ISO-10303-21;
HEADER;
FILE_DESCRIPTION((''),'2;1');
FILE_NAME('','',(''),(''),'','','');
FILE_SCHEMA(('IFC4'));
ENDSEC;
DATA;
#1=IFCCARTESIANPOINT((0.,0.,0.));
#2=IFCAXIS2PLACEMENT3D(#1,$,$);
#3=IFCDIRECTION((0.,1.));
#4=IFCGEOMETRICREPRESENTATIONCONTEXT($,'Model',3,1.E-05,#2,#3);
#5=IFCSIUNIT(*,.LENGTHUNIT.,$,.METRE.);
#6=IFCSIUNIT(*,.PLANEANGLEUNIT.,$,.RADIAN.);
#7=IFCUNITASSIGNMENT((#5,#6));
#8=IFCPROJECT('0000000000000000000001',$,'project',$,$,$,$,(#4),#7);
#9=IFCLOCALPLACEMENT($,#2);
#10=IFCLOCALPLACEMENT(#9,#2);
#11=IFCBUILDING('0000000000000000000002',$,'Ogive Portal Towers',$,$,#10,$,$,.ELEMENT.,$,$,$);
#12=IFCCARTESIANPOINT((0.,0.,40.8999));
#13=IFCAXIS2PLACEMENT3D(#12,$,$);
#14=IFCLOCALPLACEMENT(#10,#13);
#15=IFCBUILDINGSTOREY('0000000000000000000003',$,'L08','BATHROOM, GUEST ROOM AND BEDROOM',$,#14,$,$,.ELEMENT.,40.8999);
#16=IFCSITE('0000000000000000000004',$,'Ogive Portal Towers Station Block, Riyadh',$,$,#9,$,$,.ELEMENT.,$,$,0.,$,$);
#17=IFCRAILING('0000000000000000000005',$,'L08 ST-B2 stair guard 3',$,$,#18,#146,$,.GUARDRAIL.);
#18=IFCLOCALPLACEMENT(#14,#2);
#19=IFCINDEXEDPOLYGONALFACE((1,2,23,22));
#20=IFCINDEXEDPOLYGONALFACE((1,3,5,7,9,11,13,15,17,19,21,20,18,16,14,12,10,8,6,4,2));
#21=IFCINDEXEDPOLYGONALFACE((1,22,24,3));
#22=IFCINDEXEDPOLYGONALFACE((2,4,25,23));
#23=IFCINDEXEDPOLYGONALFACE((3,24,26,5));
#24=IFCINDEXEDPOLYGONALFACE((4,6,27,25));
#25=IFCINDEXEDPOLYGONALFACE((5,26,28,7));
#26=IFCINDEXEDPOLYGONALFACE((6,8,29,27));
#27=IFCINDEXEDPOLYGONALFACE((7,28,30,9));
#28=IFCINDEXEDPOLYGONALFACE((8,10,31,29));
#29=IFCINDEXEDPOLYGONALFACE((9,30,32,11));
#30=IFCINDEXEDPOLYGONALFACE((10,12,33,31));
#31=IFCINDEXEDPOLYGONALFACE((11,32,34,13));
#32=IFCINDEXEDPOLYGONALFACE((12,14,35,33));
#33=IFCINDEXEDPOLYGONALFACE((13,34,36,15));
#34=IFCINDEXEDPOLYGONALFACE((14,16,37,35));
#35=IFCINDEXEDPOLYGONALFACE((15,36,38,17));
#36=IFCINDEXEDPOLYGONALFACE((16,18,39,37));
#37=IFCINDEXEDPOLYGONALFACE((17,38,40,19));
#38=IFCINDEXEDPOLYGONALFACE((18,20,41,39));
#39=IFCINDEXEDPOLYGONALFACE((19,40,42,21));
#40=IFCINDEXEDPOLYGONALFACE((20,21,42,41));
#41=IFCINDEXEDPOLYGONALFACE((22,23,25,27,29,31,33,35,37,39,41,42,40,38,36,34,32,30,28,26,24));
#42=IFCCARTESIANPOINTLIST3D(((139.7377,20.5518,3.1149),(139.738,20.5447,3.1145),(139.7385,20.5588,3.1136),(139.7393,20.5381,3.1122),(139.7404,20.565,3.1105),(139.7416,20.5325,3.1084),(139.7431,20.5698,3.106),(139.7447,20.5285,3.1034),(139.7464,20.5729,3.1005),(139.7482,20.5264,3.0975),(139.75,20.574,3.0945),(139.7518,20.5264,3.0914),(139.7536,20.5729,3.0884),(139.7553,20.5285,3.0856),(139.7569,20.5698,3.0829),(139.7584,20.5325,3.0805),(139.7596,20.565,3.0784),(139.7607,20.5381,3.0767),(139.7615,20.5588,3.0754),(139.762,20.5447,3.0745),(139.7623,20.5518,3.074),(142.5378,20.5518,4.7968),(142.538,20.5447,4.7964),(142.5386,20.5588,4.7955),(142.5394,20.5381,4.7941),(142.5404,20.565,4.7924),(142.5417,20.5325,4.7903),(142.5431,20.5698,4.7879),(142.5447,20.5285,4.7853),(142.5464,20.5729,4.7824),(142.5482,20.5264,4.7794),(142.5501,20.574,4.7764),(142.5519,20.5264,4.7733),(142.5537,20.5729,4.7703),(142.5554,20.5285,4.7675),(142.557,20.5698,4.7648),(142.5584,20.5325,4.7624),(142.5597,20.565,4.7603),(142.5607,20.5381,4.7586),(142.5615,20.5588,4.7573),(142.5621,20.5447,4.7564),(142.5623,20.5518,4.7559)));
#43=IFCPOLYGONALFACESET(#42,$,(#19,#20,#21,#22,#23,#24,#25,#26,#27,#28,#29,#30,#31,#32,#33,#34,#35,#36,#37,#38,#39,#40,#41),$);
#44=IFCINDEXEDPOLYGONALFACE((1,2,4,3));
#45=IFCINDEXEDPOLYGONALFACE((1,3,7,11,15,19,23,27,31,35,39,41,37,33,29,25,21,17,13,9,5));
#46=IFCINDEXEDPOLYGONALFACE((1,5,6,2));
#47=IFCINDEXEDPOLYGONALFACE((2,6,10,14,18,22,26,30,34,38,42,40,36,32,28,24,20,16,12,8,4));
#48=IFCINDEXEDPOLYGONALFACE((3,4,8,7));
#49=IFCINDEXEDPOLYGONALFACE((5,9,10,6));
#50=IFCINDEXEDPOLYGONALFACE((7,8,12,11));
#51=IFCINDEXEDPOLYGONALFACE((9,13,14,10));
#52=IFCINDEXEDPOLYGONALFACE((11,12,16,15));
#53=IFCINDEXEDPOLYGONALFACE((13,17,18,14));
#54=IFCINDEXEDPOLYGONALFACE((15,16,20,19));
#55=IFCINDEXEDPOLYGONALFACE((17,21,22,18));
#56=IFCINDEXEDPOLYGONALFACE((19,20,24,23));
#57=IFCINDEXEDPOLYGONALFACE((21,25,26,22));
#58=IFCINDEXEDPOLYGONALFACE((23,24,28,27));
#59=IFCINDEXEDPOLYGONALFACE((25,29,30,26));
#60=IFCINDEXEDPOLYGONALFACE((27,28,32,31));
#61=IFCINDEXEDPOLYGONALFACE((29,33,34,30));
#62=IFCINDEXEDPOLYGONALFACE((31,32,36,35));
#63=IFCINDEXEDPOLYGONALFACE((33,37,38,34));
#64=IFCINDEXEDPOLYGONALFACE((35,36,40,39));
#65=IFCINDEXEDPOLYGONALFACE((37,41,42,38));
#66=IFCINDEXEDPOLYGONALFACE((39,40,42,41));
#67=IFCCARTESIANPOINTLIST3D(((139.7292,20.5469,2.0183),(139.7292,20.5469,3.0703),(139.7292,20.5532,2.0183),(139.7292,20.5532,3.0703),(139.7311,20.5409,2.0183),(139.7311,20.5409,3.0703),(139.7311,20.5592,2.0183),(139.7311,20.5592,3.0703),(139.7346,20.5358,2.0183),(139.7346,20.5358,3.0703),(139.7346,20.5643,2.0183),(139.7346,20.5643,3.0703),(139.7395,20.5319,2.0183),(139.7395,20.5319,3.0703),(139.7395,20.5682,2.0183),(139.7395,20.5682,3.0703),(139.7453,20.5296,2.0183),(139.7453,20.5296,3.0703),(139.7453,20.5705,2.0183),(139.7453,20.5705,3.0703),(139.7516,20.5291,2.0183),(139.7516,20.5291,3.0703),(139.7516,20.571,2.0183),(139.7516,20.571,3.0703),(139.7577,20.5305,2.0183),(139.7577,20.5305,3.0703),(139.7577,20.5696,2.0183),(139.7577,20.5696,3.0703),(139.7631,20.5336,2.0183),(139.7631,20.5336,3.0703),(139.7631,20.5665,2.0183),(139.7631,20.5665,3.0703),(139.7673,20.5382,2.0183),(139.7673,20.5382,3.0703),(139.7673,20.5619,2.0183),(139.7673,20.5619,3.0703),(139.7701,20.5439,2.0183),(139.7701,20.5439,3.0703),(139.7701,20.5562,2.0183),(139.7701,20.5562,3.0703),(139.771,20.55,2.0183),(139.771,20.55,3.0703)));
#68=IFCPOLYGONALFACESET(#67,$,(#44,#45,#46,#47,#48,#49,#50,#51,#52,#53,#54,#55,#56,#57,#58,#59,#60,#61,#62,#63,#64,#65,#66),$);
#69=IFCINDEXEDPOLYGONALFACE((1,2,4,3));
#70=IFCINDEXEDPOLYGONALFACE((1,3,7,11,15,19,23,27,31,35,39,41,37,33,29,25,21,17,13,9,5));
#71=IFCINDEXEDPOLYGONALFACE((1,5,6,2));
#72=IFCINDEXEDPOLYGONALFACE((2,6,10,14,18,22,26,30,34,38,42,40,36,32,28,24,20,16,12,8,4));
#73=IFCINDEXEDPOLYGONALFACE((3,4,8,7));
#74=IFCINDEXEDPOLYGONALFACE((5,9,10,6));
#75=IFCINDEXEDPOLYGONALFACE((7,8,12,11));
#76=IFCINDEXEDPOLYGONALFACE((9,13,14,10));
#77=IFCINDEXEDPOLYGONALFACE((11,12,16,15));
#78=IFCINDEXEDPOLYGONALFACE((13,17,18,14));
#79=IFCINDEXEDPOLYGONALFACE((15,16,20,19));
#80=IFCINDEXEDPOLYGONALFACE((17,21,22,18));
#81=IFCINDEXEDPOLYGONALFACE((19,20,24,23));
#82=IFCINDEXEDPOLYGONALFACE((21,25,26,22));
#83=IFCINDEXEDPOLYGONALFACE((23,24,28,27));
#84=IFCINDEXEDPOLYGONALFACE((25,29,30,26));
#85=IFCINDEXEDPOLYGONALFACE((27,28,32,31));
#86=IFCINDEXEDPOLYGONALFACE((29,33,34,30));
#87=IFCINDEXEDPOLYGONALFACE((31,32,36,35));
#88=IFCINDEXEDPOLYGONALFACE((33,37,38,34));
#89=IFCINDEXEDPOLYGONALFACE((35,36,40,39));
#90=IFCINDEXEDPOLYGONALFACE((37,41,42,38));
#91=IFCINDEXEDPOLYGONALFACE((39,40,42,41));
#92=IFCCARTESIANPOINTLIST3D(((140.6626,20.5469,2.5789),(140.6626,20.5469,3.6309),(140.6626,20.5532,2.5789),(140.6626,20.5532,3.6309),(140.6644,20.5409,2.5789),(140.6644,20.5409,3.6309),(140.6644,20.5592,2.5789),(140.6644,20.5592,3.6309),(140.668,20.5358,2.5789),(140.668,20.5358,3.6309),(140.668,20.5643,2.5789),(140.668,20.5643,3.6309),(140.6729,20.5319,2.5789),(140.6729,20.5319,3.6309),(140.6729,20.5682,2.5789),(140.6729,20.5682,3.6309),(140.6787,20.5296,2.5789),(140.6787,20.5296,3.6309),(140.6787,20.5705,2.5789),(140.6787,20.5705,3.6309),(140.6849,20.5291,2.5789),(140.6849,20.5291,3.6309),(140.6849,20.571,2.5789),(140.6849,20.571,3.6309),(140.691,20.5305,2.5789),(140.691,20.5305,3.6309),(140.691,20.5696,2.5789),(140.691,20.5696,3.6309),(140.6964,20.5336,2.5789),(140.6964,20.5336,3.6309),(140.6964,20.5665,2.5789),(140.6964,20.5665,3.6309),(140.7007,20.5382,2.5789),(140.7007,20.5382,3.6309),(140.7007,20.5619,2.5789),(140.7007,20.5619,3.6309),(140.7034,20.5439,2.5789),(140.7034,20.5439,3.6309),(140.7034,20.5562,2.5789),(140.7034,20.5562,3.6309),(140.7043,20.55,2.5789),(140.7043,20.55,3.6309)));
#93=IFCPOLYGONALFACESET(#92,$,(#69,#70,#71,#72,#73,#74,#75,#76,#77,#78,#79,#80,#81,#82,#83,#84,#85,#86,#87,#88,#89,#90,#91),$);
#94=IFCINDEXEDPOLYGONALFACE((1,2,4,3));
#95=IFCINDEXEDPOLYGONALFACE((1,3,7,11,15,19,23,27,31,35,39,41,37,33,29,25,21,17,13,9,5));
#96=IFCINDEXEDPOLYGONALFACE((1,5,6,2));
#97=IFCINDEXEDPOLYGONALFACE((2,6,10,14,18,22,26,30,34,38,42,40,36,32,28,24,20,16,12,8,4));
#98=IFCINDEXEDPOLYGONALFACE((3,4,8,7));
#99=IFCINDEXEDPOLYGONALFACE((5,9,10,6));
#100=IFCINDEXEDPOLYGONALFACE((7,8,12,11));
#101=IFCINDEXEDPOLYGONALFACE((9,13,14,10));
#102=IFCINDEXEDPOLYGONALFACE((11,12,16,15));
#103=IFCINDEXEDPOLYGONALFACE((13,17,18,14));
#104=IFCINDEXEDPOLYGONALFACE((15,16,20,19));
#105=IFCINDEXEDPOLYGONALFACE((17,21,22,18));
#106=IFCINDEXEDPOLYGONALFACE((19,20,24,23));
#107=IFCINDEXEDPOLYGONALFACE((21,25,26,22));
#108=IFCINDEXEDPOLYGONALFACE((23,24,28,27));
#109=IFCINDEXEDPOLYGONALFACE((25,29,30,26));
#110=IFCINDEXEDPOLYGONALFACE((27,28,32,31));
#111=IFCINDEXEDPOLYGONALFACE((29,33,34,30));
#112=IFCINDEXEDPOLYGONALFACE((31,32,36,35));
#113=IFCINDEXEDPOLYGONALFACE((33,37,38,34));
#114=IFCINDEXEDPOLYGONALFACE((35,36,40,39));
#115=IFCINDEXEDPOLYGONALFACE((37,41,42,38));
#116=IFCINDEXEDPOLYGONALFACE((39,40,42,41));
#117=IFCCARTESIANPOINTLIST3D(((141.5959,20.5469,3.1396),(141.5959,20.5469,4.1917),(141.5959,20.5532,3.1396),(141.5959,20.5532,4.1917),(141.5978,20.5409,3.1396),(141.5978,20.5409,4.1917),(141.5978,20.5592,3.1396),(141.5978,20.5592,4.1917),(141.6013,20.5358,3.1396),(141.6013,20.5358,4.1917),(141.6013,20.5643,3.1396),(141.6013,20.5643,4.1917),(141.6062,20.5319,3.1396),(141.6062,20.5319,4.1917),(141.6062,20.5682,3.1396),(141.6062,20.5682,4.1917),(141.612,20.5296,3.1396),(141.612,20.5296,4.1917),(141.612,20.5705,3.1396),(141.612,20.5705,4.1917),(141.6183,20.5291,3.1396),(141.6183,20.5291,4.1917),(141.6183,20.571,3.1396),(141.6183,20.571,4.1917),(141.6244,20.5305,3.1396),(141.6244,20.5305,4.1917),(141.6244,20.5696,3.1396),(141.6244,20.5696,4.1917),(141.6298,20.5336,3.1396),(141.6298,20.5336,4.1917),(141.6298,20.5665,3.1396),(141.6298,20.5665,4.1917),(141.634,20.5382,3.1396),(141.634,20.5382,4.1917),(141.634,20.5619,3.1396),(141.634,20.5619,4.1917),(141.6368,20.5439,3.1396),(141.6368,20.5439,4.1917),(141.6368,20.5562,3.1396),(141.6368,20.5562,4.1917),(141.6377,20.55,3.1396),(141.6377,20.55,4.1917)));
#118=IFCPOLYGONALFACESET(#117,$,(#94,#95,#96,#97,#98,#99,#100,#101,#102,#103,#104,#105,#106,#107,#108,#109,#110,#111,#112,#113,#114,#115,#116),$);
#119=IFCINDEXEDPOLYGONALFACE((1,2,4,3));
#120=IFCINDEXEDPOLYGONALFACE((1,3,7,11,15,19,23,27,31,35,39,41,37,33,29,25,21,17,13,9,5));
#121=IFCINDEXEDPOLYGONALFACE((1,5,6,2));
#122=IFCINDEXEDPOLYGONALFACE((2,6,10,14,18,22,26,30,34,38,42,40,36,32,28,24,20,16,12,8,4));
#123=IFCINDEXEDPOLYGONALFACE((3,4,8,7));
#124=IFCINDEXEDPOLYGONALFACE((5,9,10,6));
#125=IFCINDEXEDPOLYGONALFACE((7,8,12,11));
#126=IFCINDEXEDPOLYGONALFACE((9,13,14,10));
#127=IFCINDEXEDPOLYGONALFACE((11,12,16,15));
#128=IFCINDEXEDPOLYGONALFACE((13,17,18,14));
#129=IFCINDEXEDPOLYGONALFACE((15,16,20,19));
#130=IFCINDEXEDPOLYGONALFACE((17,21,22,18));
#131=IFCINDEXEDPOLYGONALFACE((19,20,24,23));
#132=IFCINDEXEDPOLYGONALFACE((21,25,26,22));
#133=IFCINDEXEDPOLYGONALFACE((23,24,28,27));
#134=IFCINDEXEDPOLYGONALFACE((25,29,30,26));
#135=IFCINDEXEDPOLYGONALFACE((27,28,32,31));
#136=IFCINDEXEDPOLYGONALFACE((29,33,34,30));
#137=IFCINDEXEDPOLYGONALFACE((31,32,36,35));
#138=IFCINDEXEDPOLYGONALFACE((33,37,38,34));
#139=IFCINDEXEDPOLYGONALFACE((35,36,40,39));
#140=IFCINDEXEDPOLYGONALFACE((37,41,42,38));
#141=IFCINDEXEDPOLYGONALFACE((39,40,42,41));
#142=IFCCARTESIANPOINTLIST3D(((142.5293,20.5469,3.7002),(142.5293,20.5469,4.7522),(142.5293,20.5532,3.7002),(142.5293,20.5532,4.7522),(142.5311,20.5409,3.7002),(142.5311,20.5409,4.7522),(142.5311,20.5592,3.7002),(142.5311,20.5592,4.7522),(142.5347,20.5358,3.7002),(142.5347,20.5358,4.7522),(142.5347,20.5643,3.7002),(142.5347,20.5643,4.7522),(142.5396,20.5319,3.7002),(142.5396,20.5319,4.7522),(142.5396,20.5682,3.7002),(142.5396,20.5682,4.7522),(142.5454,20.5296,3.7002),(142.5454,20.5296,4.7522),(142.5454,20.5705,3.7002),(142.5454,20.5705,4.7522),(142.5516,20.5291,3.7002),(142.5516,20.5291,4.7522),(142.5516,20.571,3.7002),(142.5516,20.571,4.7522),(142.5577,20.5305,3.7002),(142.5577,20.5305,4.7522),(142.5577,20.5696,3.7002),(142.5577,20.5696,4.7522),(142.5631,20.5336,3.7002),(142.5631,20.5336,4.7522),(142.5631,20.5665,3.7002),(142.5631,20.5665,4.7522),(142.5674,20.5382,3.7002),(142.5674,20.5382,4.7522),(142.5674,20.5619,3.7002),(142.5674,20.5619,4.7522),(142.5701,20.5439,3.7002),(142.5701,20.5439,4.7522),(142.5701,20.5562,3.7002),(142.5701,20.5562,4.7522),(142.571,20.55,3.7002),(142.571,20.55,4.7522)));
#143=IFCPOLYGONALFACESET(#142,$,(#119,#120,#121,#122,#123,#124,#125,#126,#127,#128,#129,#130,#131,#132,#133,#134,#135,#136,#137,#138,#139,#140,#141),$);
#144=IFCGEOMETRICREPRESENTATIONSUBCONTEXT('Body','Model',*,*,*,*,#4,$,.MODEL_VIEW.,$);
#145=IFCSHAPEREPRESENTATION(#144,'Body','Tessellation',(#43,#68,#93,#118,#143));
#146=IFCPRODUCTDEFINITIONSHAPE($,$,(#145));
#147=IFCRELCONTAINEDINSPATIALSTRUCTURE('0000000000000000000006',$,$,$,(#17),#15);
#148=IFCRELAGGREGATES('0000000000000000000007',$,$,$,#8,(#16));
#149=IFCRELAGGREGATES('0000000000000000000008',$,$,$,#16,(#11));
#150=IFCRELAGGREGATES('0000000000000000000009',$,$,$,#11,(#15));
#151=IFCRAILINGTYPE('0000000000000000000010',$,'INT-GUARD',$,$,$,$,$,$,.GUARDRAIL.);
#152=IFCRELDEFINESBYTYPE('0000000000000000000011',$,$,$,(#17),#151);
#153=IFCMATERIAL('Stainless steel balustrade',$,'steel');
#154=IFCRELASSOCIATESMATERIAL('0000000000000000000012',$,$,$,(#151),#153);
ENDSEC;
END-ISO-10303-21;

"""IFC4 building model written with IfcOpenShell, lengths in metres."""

from ifc_helpers import new_model, si_unit, direction, frame, origin, origin_2d, place, context, subcontext, project, spatial, circle, extrude, material, type_object, element, save


model = new_model("IFC4")

# Units and contexts
model_context = context("Model", 3, precision=1e-05, world=origin(), true_north=direction((0.0, 1.0)))
body_context = subcontext(model_context, "Body", "Model", "MODEL_VIEW")
ifc_project = project(units=[si_unit("LENGTHUNIT", "METRE"), si_unit("PLANEANGLEUNIT", "RADIAN")], contexts=[model_context])

# Site, building, storey
site_placement = place(None, origin())
site = spatial("IfcSite", under=ifc_project, at=site_placement, Name="Ogive Portal Towers Station Block, Riyadh", CompositionType="ELEMENT", RefElevation=0.0)
building_placement = place(site_placement, origin())
building = spatial("IfcBuilding", under=site, at=building_placement, Name="Ogive Portal Towers", CompositionType="ELEMENT")
storey_placement = place(building_placement, frame((0.0, 0.0, 40.8999)))
storey = spatial("IfcBuildingStorey", under=building, at=storey_placement, Name="L08", Description="BATHROOM, GUEST ROOM AND BEDROOM", CompositionType="ELEMENT", Elevation=40.8999)

# Railing
ifc_material_1 = material(Name="Stainless steel balustrade", Category="steel")
railing_type_1 = type_object("IfcRailingType", Name="INT-GUARD", PredefinedType="GUARDRAIL", material=ifc_material_1)
railing_1_placement = place(storey_placement, frame((139.75, 20.55, 2.0183)))
element("IfcRailing", 1, at=railing_1_placement, inside=storey, type_object=railing_type_1, Name="L08 ST-B2 stair guard 3", PredefinedType="GUARDRAIL", context=body_context, shape_type="SweptSolid", body=[
    extrude(circle(Radius=0.0239, at=origin_2d()), frame((0.0, 0.0, 1.0762), z_axis=(0.857242, 0.0, 0.514913), x_axis=(0.0, 1.0, 0.0)), (0.0, 0.0, 1.0), 3.2664),
    extrude(circle(Radius=0.021, at=origin_2d()), origin(), (0.0, 0.0, 1.0), 1.052),
    extrude(circle(Radius=0.021, at=origin_2d()), frame((0.9333, 0.0, 0.5605)), (0.0, 0.0, 1.0), 1.052),
    extrude(circle(Radius=0.021, at=origin_2d()), frame((1.8667, 0.0, 1.1213)), (0.0, 0.0, 1.0), 1.052),
    extrude(circle(Radius=0.021, at=origin_2d()), frame((2.8, 0.0, 1.6819)), (0.0, 0.0, 1.0), 1.052),
])

save(model, "model.ifc")
